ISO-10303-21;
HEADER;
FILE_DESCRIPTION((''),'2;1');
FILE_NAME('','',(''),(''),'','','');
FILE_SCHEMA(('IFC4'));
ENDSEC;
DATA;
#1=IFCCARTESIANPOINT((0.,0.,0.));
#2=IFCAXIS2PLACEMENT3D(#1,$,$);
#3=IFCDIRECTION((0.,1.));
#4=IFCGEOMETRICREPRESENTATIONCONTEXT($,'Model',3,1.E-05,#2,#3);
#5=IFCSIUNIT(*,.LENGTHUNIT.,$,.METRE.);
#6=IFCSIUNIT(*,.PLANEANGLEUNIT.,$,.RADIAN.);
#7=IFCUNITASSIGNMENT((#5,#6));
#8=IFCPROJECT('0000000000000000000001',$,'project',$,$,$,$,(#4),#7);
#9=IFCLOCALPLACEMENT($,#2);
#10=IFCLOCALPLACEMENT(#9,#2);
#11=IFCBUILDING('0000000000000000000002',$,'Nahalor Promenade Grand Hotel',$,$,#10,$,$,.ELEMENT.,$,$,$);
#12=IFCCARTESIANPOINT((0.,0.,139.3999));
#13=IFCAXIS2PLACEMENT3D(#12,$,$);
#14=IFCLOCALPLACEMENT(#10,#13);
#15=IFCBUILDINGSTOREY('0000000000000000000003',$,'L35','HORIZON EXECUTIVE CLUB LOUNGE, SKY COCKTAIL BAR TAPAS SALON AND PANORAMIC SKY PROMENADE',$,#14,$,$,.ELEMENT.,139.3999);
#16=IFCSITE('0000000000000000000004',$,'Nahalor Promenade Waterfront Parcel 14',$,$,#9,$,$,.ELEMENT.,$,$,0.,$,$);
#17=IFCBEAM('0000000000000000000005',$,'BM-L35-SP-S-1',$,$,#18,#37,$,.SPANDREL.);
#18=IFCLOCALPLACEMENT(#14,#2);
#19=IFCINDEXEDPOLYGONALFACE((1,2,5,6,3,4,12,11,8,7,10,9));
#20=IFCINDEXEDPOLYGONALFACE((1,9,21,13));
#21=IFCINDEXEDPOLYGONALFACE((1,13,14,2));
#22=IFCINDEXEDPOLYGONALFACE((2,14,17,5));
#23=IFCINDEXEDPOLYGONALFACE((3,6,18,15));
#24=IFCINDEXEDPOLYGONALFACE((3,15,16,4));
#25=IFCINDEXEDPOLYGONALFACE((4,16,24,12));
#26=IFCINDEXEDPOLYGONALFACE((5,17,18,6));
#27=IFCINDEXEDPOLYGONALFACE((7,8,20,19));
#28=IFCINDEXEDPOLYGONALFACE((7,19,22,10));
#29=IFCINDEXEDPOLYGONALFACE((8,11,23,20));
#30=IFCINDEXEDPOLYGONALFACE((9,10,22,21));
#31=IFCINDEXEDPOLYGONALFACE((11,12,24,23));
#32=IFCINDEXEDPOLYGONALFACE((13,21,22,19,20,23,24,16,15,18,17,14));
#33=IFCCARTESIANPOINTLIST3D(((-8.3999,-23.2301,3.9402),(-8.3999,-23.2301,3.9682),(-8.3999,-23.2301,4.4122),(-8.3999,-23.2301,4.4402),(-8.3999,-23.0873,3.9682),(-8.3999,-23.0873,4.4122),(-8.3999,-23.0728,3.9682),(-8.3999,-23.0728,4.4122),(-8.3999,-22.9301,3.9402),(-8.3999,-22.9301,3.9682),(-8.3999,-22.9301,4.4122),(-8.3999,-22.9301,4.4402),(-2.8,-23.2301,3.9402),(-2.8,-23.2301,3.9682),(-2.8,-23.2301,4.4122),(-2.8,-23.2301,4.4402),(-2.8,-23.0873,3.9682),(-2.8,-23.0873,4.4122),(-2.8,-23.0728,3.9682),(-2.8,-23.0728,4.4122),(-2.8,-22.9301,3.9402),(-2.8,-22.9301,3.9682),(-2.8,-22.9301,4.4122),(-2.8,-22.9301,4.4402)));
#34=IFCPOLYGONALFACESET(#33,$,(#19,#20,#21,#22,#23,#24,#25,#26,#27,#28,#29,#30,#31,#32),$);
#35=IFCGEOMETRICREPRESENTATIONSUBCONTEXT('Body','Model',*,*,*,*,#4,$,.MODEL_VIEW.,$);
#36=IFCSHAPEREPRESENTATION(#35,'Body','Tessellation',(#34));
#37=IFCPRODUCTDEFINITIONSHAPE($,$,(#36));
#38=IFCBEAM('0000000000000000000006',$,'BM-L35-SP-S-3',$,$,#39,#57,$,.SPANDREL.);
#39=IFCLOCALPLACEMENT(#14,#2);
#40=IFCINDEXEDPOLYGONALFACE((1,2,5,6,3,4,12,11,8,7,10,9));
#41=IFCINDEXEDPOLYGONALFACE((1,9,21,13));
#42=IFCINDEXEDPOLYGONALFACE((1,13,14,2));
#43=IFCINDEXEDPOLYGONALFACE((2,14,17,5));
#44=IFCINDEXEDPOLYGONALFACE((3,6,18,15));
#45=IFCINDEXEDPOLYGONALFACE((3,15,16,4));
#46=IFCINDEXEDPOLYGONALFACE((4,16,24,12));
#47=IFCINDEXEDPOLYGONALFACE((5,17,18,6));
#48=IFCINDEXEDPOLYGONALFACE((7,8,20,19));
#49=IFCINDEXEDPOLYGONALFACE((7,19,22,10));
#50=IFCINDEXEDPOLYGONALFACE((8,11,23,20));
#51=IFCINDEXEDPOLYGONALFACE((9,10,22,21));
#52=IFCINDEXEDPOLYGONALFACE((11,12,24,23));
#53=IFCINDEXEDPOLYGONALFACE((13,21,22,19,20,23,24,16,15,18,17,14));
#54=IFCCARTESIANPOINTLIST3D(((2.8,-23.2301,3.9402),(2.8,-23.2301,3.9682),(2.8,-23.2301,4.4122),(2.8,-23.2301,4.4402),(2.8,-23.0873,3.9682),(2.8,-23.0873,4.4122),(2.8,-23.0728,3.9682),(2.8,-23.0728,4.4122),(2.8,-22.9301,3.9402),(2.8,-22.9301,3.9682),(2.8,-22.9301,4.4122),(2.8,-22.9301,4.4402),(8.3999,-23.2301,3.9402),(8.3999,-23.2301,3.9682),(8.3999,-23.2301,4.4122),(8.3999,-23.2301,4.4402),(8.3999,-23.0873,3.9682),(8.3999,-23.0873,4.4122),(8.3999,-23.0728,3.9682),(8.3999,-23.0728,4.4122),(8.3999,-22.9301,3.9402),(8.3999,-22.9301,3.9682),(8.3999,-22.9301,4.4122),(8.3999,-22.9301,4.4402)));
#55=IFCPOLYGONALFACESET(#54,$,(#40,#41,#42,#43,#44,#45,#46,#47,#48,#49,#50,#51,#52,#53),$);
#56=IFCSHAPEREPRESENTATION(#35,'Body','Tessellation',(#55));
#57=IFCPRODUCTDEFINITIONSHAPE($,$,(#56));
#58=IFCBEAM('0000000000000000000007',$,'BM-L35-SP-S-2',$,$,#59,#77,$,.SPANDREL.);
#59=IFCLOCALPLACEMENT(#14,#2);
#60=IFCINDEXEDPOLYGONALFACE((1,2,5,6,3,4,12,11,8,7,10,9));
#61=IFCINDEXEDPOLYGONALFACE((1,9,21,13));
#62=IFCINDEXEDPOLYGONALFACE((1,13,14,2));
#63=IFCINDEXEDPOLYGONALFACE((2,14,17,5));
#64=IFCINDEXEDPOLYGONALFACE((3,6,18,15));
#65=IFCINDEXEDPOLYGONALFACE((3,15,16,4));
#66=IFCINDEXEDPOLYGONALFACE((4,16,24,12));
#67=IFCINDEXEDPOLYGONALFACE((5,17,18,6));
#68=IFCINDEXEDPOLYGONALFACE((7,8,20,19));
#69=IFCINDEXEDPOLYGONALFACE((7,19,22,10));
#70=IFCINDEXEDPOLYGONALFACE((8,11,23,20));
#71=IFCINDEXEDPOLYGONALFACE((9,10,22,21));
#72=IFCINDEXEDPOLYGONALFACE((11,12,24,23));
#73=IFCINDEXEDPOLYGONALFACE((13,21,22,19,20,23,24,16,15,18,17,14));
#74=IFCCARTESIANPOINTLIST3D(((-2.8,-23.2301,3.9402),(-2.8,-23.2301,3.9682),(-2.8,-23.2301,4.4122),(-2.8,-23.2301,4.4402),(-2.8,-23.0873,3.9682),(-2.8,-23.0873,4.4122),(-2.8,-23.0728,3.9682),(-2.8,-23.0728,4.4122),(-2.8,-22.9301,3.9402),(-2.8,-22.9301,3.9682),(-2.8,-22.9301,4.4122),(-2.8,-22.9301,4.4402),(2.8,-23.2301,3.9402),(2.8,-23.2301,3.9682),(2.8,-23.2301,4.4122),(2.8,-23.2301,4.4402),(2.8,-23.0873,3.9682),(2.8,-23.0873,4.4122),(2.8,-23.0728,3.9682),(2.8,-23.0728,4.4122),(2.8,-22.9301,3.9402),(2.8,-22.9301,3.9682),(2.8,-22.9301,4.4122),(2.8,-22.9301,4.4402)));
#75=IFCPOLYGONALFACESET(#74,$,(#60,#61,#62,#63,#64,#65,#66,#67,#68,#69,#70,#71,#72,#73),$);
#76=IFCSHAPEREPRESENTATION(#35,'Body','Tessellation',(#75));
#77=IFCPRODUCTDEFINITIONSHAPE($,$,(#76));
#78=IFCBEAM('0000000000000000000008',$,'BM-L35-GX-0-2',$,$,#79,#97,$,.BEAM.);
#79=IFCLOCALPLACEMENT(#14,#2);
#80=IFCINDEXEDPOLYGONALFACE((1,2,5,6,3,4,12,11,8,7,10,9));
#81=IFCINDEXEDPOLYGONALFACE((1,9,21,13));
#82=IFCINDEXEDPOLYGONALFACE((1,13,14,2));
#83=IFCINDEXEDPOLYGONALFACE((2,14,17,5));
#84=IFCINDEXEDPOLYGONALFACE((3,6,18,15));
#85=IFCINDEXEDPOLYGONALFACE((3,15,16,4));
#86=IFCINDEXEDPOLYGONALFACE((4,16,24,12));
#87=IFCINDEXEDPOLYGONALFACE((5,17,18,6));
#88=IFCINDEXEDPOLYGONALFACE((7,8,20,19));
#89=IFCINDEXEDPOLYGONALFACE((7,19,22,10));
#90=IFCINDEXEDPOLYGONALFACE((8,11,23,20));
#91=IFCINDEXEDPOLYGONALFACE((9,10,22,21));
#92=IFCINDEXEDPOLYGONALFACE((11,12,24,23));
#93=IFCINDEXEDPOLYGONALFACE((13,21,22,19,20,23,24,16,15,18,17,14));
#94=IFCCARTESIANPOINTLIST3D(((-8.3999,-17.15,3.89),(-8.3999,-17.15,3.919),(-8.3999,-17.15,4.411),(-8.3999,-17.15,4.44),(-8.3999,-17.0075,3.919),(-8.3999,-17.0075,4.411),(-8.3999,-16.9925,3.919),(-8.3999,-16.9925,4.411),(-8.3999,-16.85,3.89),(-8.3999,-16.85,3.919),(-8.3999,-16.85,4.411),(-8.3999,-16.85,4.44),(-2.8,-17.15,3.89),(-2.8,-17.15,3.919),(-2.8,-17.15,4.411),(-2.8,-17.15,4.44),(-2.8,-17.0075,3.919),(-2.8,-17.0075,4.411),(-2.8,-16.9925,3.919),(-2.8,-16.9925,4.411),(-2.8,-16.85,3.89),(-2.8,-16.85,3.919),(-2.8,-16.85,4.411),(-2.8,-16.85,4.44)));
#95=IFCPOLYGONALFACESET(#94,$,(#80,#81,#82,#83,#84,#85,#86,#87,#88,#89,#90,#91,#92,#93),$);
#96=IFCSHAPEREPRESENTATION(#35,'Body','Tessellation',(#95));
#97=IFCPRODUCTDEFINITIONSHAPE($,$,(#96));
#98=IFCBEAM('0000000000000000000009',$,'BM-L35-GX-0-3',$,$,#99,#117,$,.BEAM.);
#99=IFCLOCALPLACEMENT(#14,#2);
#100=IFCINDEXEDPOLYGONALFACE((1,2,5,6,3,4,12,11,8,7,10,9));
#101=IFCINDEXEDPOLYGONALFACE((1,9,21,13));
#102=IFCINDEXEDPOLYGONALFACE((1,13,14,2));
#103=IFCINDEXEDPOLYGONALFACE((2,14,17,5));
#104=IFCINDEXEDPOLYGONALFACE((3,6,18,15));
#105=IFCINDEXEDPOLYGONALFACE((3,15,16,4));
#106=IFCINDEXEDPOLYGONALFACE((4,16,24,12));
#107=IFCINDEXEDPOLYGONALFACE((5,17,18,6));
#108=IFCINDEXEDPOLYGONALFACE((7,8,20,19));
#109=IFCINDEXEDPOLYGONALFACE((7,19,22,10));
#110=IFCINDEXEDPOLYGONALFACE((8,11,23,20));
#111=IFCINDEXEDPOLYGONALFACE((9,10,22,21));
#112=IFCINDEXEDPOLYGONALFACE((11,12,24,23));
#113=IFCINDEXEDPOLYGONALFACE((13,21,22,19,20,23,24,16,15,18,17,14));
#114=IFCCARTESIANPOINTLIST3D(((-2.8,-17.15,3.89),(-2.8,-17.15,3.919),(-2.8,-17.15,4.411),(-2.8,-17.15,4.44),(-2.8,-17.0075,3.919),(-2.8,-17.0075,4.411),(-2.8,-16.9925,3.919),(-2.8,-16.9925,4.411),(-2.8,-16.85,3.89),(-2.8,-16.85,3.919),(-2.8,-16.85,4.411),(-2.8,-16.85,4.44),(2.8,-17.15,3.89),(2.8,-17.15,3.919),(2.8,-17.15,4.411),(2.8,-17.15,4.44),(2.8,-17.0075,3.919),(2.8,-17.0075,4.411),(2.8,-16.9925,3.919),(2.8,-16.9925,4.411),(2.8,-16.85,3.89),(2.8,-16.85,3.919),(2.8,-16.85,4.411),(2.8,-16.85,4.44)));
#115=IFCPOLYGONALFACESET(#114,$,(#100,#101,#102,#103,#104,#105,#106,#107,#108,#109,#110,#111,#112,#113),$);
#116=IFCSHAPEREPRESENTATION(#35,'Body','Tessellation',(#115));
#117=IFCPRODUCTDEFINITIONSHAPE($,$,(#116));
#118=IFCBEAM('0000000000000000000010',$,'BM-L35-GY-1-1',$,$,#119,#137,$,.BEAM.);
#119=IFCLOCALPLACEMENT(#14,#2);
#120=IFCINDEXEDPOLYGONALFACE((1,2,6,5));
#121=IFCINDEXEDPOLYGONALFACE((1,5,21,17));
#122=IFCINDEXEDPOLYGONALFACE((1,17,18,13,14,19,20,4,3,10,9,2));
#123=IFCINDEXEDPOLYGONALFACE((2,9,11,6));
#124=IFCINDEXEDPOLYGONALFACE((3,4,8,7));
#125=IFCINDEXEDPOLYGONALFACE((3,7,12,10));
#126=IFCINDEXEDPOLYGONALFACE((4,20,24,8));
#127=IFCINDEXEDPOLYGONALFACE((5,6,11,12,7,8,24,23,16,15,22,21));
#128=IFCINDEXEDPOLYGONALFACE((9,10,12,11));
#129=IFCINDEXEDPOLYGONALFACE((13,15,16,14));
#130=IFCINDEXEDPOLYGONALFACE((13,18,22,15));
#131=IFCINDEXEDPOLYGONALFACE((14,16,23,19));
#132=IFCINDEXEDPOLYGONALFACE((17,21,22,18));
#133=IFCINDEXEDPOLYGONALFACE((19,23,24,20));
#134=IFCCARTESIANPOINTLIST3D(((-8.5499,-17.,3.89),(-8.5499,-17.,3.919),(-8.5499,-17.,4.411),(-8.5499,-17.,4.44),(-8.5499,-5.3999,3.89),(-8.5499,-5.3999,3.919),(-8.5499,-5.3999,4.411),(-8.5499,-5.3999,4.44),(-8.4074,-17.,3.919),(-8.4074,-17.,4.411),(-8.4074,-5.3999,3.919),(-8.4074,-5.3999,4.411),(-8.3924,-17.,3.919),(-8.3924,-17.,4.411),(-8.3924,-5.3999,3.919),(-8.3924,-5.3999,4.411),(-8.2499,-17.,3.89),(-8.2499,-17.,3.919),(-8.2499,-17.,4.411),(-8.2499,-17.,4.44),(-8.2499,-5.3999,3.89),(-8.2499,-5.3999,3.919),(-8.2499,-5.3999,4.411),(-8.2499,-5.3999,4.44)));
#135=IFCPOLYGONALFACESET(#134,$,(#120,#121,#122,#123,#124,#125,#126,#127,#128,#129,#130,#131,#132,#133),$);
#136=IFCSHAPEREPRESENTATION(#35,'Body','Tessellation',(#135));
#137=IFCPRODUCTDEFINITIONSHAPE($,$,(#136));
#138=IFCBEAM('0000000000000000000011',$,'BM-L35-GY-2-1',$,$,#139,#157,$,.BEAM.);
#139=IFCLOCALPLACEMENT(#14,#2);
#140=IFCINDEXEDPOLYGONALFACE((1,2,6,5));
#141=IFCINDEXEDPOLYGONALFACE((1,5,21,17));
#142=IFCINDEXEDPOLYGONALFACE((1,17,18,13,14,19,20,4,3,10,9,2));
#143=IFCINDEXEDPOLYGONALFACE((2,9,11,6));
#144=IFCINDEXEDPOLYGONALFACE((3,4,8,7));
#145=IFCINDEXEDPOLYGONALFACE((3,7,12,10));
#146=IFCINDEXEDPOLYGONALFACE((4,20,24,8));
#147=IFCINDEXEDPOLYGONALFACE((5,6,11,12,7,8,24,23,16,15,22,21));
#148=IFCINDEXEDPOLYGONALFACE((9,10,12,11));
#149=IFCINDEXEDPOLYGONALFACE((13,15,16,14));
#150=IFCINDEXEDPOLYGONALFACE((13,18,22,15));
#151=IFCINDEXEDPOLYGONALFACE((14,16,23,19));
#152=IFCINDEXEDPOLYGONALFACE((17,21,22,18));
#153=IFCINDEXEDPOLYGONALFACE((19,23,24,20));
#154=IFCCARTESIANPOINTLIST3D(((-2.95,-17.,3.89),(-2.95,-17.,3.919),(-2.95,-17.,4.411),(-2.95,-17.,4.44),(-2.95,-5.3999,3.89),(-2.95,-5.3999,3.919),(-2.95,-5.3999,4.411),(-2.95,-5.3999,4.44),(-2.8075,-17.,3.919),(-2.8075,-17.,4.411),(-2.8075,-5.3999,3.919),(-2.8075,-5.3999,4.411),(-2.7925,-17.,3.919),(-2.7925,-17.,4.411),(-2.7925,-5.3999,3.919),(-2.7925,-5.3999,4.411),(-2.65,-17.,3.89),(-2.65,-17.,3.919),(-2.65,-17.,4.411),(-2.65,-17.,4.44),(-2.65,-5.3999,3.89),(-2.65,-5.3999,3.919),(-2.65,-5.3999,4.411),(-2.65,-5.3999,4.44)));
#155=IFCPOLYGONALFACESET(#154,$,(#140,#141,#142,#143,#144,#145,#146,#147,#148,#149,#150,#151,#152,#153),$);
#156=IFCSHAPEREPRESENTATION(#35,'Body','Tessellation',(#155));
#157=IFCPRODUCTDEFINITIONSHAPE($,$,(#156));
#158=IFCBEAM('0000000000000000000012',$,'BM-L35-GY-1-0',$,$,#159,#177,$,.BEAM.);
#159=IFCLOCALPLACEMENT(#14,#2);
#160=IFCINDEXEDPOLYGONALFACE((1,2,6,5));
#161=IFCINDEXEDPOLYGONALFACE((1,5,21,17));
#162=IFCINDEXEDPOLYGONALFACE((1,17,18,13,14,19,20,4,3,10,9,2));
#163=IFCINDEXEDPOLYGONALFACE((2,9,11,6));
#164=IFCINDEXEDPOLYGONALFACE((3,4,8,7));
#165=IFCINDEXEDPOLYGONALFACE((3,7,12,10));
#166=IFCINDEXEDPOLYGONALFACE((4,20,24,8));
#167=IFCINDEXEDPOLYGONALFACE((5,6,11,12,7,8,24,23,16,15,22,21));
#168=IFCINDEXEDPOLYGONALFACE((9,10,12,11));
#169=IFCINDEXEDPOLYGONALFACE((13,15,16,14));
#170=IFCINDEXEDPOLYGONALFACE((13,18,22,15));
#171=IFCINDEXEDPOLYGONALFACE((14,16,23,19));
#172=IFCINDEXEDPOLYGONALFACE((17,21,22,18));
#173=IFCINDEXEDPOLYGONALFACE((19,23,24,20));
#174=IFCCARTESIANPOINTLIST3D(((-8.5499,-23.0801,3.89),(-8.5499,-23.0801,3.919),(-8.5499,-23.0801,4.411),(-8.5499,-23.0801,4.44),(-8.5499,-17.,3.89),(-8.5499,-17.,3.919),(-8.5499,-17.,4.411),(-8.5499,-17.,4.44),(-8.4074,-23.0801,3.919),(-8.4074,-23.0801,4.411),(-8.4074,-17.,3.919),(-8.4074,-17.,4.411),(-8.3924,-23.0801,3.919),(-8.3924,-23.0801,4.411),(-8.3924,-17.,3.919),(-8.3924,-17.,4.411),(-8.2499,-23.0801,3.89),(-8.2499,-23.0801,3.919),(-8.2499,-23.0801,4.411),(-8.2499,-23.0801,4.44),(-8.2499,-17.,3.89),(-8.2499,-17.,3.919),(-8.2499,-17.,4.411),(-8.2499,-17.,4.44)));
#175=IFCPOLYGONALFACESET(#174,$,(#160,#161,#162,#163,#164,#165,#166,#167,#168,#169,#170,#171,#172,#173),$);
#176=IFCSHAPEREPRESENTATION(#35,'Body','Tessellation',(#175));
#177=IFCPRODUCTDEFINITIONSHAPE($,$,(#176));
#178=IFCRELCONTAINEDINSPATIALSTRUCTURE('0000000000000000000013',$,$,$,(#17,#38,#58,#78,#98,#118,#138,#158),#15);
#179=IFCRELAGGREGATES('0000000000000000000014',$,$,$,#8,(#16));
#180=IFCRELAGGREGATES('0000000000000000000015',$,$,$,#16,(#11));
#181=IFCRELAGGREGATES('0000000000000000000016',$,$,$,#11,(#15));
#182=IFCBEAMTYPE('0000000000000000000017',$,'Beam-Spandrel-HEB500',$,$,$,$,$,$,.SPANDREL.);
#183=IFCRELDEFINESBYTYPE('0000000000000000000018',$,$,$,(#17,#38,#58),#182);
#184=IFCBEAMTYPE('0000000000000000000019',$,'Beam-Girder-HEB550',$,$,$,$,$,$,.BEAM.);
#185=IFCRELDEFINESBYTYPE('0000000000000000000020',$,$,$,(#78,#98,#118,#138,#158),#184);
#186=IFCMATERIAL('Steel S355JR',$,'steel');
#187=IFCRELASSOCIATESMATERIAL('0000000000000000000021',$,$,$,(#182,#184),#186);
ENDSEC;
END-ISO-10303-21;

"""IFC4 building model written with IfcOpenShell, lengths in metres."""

from ifc_helpers import new_model, si_unit, direction, frame, origin, origin_2d, place, context, subcontext, project, spatial, i_section, extrude, source, transform, mapped, material, material_profile, profile_set, type_object, element, save


model = new_model("IFC4")

# Units and contexts
model_context = context("Model", 3, precision=1e-05, world=origin(), true_north=direction((0.0, 1.0)))
body_context = subcontext(model_context, "Body", "Model", "MODEL_VIEW")
ifc_project = project(units=[si_unit("LENGTHUNIT", "METRE"), si_unit("PLANEANGLEUNIT", "RADIAN")], contexts=[model_context])

# Site, building, storey
site_placement = place(None, origin())
site = spatial("IfcSite", under=ifc_project, at=site_placement, Name="Nahalor Promenade Waterfront Parcel 14", CompositionType="ELEMENT", RefElevation=0.0)
building_placement = place(site_placement, origin())
building = spatial("IfcBuilding", under=site, at=building_placement, Name="Nahalor Promenade Grand Hotel", CompositionType="ELEMENT")
storey_placement = place(building_placement, frame((0.0, 0.0, 139.3999)))
storey = spatial("IfcBuildingStorey", under=building, at=storey_placement, Name="L35", Description="HORIZON EXECUTIVE CLUB LOUNGE, SKY COCKTAIL BAR TAPAS SALON AND PANORAMIC SKY PROMENADE", CompositionType="ELEMENT", Elevation=139.3999)

# Beams
ifc_material_1 = material(Name="Steel S355JR", Category="steel")
ifc_material_profile_1 = material_profile(ifc_material_1, i_section(OverallWidth=0.3, OverallDepth=0.5, WebThickness=0.0145, FlangeThickness=0.028, at=origin_2d()), Name="HEB 500")
ifc_profile_set_1 = profile_set([ifc_material_profile_1], Name="Steel S355JR")
beam_type_1 = type_object("IfcBeamType", Name="Beam-Spandrel-HEB500", PredefinedType="SPANDREL", material=ifc_profile_set_1)
shared_shape_1 = source(origin(), body_context, "Body", "SweptSolid", [
    extrude(i_section(OverallWidth=0.3, OverallDepth=0.5, WebThickness=0.0145, FlangeThickness=0.028, at=origin_2d()), origin(), (0.0, 0.0, 1.0), 5.5999),
])
for number, where, z_axis, x_axis, name in (
    (1, (-8.3999, -23.0801, 4.1902), (1.0, 0.0, 0.0), (0.0, 1.0, 0.0), "BM-L35-SP-S-1"),
    (2, (2.8, -23.0801, 4.1902), (1.0, 0.0, 0.0), (0.0, 1.0, 0.0), "BM-L35-SP-S-3"),
):
    element("IfcBeam", number, at=place(storey_placement, frame(where, z_axis=z_axis, x_axis=x_axis)), inside=storey, type_object=beam_type_1, Name=name, PredefinedType="SPANDREL", context=body_context, shape_type="MappedRepresentation", body=[
        mapped(shared_shape_1, transform((0.0, 0.0, 0.0), scale=1.0)),
    ])
shared_shape_2 = source(origin(), body_context, "Body", "SweptSolid", [
    extrude(i_section(OverallWidth=0.3, OverallDepth=0.5, WebThickness=0.0145, FlangeThickness=0.028, at=origin_2d()), origin(), (0.0, 0.0, 1.0), 5.6001),
])
beam_1_placement = place(storey_placement, frame((-2.8, -23.0801, 4.1902), z_axis=(1.0, 0.0, 0.0), x_axis=(0.0, 1.0, 0.0)))
element("IfcBeam", 3, at=beam_1_placement, inside=storey, type_object=beam_type_1, Name="BM-L35-SP-S-2", PredefinedType="SPANDREL", context=body_context, shape_type="MappedRepresentation", body=[
    mapped(shared_shape_2, transform((0.0, 0.0, 0.0), scale=1.0)),
])
ifc_material_profile_2 = material_profile(ifc_material_1, i_section(OverallWidth=0.3, OverallDepth=0.55, WebThickness=0.015, FlangeThickness=0.029, at=origin_2d()), Name="HEB 550")
ifc_profile_set_2 = profile_set([ifc_material_profile_2], Name="Steel S355JR")
beam_type_2 = type_object("IfcBeamType", Name="Beam-Girder-HEB550", PredefinedType="BEAM", material=ifc_profile_set_2)
shared_shape_3 = source(origin(), body_context, "Body", "SweptSolid", [
    extrude(i_section(OverallWidth=0.3, OverallDepth=0.55, WebThickness=0.015, FlangeThickness=0.029, at=origin_2d()), origin(), (0.0, 0.0, 1.0), 5.5999),
])
beam_2_placement = place(storey_placement, frame((-8.3999, -17.0, 4.165), z_axis=(1.0, 0.0, 0.0), x_axis=(0.0, 1.0, 0.0)))
element("IfcBeam", 4, at=beam_2_placement, inside=storey, type_object=beam_type_2, Name="BM-L35-GX-0-2", PredefinedType="BEAM", context=body_context, shape_type="MappedRepresentation", body=[
    mapped(shared_shape_3, transform((0.0, 0.0, 0.0), scale=1.0)),
])
shared_shape_4 = source(origin(), body_context, "Body", "SweptSolid", [
    extrude(i_section(OverallWidth=0.3, OverallDepth=0.55, WebThickness=0.015, FlangeThickness=0.029, at=origin_2d()), origin(), (0.0, 0.0, 1.0), 5.6001),
])
beam_3_placement = place(storey_placement, frame((-2.8, -17.0, 4.165), z_axis=(1.0, 0.0, 0.0), x_axis=(0.0, 1.0, 0.0)))
element("IfcBeam", 5, at=beam_3_placement, inside=storey, type_object=beam_type_2, Name="BM-L35-GX-0-3", PredefinedType="BEAM", context=body_context, shape_type="MappedRepresentation", body=[
    mapped(shared_shape_4, transform((0.0, 0.0, 0.0), scale=1.0)),
])
shared_shape_5 = source(origin(), body_context, "Body", "SweptSolid", [
    extrude(i_section(OverallWidth=0.3, OverallDepth=0.55, WebThickness=0.015, FlangeThickness=0.029, at=origin_2d()), origin(), (0.0, 0.0, 1.0), 11.6001),
])
for number, where, z_axis, x_axis, name in (
    (6, (-8.3999, -17.0, 4.165), (0.0, 1.0, 0.0), (-1.0, 0.0, 0.0), "BM-L35-GY-1-1"),
    (7, (-2.8, -17.0, 4.165), (0.0, 1.0, 0.0), (-1.0, 0.0, 0.0), "BM-L35-GY-2-1"),
):
    element("IfcBeam", number, at=place(storey_placement, frame(where, z_axis=z_axis, x_axis=x_axis)), inside=storey, type_object=beam_type_2, Name=name, PredefinedType="BEAM", context=body_context, shape_type="MappedRepresentation", body=[
        mapped(shared_shape_5, transform((0.0, 0.0, 0.0), scale=1.0)),
    ])
shared_shape_6 = source(origin(), body_context, "Body", "SweptSolid", [
    extrude(i_section(OverallWidth=0.3, OverallDepth=0.55, WebThickness=0.015, FlangeThickness=0.029, at=origin_2d()), origin(), (0.0, 0.0, 1.0), 6.0801),
])
for number, where, z_axis, x_axis, name in (
    (8, (-8.3999, -23.0801, 4.165), (0.0, 1.0, 0.0), (-1.0, 0.0, 0.0), "BM-L35-GY-1-0"),
):
    element("IfcBeam", number, at=place(storey_placement, frame(where, z_axis=z_axis, x_axis=x_axis)), inside=storey, type_object=beam_type_2, Name=name, PredefinedType="BEAM", context=body_context, shape_type="MappedRepresentation", body=[
        mapped(shared_shape_6, transform((0.0, 0.0, 0.0), scale=1.0)),
    ])

save(model, "model.ifc")
